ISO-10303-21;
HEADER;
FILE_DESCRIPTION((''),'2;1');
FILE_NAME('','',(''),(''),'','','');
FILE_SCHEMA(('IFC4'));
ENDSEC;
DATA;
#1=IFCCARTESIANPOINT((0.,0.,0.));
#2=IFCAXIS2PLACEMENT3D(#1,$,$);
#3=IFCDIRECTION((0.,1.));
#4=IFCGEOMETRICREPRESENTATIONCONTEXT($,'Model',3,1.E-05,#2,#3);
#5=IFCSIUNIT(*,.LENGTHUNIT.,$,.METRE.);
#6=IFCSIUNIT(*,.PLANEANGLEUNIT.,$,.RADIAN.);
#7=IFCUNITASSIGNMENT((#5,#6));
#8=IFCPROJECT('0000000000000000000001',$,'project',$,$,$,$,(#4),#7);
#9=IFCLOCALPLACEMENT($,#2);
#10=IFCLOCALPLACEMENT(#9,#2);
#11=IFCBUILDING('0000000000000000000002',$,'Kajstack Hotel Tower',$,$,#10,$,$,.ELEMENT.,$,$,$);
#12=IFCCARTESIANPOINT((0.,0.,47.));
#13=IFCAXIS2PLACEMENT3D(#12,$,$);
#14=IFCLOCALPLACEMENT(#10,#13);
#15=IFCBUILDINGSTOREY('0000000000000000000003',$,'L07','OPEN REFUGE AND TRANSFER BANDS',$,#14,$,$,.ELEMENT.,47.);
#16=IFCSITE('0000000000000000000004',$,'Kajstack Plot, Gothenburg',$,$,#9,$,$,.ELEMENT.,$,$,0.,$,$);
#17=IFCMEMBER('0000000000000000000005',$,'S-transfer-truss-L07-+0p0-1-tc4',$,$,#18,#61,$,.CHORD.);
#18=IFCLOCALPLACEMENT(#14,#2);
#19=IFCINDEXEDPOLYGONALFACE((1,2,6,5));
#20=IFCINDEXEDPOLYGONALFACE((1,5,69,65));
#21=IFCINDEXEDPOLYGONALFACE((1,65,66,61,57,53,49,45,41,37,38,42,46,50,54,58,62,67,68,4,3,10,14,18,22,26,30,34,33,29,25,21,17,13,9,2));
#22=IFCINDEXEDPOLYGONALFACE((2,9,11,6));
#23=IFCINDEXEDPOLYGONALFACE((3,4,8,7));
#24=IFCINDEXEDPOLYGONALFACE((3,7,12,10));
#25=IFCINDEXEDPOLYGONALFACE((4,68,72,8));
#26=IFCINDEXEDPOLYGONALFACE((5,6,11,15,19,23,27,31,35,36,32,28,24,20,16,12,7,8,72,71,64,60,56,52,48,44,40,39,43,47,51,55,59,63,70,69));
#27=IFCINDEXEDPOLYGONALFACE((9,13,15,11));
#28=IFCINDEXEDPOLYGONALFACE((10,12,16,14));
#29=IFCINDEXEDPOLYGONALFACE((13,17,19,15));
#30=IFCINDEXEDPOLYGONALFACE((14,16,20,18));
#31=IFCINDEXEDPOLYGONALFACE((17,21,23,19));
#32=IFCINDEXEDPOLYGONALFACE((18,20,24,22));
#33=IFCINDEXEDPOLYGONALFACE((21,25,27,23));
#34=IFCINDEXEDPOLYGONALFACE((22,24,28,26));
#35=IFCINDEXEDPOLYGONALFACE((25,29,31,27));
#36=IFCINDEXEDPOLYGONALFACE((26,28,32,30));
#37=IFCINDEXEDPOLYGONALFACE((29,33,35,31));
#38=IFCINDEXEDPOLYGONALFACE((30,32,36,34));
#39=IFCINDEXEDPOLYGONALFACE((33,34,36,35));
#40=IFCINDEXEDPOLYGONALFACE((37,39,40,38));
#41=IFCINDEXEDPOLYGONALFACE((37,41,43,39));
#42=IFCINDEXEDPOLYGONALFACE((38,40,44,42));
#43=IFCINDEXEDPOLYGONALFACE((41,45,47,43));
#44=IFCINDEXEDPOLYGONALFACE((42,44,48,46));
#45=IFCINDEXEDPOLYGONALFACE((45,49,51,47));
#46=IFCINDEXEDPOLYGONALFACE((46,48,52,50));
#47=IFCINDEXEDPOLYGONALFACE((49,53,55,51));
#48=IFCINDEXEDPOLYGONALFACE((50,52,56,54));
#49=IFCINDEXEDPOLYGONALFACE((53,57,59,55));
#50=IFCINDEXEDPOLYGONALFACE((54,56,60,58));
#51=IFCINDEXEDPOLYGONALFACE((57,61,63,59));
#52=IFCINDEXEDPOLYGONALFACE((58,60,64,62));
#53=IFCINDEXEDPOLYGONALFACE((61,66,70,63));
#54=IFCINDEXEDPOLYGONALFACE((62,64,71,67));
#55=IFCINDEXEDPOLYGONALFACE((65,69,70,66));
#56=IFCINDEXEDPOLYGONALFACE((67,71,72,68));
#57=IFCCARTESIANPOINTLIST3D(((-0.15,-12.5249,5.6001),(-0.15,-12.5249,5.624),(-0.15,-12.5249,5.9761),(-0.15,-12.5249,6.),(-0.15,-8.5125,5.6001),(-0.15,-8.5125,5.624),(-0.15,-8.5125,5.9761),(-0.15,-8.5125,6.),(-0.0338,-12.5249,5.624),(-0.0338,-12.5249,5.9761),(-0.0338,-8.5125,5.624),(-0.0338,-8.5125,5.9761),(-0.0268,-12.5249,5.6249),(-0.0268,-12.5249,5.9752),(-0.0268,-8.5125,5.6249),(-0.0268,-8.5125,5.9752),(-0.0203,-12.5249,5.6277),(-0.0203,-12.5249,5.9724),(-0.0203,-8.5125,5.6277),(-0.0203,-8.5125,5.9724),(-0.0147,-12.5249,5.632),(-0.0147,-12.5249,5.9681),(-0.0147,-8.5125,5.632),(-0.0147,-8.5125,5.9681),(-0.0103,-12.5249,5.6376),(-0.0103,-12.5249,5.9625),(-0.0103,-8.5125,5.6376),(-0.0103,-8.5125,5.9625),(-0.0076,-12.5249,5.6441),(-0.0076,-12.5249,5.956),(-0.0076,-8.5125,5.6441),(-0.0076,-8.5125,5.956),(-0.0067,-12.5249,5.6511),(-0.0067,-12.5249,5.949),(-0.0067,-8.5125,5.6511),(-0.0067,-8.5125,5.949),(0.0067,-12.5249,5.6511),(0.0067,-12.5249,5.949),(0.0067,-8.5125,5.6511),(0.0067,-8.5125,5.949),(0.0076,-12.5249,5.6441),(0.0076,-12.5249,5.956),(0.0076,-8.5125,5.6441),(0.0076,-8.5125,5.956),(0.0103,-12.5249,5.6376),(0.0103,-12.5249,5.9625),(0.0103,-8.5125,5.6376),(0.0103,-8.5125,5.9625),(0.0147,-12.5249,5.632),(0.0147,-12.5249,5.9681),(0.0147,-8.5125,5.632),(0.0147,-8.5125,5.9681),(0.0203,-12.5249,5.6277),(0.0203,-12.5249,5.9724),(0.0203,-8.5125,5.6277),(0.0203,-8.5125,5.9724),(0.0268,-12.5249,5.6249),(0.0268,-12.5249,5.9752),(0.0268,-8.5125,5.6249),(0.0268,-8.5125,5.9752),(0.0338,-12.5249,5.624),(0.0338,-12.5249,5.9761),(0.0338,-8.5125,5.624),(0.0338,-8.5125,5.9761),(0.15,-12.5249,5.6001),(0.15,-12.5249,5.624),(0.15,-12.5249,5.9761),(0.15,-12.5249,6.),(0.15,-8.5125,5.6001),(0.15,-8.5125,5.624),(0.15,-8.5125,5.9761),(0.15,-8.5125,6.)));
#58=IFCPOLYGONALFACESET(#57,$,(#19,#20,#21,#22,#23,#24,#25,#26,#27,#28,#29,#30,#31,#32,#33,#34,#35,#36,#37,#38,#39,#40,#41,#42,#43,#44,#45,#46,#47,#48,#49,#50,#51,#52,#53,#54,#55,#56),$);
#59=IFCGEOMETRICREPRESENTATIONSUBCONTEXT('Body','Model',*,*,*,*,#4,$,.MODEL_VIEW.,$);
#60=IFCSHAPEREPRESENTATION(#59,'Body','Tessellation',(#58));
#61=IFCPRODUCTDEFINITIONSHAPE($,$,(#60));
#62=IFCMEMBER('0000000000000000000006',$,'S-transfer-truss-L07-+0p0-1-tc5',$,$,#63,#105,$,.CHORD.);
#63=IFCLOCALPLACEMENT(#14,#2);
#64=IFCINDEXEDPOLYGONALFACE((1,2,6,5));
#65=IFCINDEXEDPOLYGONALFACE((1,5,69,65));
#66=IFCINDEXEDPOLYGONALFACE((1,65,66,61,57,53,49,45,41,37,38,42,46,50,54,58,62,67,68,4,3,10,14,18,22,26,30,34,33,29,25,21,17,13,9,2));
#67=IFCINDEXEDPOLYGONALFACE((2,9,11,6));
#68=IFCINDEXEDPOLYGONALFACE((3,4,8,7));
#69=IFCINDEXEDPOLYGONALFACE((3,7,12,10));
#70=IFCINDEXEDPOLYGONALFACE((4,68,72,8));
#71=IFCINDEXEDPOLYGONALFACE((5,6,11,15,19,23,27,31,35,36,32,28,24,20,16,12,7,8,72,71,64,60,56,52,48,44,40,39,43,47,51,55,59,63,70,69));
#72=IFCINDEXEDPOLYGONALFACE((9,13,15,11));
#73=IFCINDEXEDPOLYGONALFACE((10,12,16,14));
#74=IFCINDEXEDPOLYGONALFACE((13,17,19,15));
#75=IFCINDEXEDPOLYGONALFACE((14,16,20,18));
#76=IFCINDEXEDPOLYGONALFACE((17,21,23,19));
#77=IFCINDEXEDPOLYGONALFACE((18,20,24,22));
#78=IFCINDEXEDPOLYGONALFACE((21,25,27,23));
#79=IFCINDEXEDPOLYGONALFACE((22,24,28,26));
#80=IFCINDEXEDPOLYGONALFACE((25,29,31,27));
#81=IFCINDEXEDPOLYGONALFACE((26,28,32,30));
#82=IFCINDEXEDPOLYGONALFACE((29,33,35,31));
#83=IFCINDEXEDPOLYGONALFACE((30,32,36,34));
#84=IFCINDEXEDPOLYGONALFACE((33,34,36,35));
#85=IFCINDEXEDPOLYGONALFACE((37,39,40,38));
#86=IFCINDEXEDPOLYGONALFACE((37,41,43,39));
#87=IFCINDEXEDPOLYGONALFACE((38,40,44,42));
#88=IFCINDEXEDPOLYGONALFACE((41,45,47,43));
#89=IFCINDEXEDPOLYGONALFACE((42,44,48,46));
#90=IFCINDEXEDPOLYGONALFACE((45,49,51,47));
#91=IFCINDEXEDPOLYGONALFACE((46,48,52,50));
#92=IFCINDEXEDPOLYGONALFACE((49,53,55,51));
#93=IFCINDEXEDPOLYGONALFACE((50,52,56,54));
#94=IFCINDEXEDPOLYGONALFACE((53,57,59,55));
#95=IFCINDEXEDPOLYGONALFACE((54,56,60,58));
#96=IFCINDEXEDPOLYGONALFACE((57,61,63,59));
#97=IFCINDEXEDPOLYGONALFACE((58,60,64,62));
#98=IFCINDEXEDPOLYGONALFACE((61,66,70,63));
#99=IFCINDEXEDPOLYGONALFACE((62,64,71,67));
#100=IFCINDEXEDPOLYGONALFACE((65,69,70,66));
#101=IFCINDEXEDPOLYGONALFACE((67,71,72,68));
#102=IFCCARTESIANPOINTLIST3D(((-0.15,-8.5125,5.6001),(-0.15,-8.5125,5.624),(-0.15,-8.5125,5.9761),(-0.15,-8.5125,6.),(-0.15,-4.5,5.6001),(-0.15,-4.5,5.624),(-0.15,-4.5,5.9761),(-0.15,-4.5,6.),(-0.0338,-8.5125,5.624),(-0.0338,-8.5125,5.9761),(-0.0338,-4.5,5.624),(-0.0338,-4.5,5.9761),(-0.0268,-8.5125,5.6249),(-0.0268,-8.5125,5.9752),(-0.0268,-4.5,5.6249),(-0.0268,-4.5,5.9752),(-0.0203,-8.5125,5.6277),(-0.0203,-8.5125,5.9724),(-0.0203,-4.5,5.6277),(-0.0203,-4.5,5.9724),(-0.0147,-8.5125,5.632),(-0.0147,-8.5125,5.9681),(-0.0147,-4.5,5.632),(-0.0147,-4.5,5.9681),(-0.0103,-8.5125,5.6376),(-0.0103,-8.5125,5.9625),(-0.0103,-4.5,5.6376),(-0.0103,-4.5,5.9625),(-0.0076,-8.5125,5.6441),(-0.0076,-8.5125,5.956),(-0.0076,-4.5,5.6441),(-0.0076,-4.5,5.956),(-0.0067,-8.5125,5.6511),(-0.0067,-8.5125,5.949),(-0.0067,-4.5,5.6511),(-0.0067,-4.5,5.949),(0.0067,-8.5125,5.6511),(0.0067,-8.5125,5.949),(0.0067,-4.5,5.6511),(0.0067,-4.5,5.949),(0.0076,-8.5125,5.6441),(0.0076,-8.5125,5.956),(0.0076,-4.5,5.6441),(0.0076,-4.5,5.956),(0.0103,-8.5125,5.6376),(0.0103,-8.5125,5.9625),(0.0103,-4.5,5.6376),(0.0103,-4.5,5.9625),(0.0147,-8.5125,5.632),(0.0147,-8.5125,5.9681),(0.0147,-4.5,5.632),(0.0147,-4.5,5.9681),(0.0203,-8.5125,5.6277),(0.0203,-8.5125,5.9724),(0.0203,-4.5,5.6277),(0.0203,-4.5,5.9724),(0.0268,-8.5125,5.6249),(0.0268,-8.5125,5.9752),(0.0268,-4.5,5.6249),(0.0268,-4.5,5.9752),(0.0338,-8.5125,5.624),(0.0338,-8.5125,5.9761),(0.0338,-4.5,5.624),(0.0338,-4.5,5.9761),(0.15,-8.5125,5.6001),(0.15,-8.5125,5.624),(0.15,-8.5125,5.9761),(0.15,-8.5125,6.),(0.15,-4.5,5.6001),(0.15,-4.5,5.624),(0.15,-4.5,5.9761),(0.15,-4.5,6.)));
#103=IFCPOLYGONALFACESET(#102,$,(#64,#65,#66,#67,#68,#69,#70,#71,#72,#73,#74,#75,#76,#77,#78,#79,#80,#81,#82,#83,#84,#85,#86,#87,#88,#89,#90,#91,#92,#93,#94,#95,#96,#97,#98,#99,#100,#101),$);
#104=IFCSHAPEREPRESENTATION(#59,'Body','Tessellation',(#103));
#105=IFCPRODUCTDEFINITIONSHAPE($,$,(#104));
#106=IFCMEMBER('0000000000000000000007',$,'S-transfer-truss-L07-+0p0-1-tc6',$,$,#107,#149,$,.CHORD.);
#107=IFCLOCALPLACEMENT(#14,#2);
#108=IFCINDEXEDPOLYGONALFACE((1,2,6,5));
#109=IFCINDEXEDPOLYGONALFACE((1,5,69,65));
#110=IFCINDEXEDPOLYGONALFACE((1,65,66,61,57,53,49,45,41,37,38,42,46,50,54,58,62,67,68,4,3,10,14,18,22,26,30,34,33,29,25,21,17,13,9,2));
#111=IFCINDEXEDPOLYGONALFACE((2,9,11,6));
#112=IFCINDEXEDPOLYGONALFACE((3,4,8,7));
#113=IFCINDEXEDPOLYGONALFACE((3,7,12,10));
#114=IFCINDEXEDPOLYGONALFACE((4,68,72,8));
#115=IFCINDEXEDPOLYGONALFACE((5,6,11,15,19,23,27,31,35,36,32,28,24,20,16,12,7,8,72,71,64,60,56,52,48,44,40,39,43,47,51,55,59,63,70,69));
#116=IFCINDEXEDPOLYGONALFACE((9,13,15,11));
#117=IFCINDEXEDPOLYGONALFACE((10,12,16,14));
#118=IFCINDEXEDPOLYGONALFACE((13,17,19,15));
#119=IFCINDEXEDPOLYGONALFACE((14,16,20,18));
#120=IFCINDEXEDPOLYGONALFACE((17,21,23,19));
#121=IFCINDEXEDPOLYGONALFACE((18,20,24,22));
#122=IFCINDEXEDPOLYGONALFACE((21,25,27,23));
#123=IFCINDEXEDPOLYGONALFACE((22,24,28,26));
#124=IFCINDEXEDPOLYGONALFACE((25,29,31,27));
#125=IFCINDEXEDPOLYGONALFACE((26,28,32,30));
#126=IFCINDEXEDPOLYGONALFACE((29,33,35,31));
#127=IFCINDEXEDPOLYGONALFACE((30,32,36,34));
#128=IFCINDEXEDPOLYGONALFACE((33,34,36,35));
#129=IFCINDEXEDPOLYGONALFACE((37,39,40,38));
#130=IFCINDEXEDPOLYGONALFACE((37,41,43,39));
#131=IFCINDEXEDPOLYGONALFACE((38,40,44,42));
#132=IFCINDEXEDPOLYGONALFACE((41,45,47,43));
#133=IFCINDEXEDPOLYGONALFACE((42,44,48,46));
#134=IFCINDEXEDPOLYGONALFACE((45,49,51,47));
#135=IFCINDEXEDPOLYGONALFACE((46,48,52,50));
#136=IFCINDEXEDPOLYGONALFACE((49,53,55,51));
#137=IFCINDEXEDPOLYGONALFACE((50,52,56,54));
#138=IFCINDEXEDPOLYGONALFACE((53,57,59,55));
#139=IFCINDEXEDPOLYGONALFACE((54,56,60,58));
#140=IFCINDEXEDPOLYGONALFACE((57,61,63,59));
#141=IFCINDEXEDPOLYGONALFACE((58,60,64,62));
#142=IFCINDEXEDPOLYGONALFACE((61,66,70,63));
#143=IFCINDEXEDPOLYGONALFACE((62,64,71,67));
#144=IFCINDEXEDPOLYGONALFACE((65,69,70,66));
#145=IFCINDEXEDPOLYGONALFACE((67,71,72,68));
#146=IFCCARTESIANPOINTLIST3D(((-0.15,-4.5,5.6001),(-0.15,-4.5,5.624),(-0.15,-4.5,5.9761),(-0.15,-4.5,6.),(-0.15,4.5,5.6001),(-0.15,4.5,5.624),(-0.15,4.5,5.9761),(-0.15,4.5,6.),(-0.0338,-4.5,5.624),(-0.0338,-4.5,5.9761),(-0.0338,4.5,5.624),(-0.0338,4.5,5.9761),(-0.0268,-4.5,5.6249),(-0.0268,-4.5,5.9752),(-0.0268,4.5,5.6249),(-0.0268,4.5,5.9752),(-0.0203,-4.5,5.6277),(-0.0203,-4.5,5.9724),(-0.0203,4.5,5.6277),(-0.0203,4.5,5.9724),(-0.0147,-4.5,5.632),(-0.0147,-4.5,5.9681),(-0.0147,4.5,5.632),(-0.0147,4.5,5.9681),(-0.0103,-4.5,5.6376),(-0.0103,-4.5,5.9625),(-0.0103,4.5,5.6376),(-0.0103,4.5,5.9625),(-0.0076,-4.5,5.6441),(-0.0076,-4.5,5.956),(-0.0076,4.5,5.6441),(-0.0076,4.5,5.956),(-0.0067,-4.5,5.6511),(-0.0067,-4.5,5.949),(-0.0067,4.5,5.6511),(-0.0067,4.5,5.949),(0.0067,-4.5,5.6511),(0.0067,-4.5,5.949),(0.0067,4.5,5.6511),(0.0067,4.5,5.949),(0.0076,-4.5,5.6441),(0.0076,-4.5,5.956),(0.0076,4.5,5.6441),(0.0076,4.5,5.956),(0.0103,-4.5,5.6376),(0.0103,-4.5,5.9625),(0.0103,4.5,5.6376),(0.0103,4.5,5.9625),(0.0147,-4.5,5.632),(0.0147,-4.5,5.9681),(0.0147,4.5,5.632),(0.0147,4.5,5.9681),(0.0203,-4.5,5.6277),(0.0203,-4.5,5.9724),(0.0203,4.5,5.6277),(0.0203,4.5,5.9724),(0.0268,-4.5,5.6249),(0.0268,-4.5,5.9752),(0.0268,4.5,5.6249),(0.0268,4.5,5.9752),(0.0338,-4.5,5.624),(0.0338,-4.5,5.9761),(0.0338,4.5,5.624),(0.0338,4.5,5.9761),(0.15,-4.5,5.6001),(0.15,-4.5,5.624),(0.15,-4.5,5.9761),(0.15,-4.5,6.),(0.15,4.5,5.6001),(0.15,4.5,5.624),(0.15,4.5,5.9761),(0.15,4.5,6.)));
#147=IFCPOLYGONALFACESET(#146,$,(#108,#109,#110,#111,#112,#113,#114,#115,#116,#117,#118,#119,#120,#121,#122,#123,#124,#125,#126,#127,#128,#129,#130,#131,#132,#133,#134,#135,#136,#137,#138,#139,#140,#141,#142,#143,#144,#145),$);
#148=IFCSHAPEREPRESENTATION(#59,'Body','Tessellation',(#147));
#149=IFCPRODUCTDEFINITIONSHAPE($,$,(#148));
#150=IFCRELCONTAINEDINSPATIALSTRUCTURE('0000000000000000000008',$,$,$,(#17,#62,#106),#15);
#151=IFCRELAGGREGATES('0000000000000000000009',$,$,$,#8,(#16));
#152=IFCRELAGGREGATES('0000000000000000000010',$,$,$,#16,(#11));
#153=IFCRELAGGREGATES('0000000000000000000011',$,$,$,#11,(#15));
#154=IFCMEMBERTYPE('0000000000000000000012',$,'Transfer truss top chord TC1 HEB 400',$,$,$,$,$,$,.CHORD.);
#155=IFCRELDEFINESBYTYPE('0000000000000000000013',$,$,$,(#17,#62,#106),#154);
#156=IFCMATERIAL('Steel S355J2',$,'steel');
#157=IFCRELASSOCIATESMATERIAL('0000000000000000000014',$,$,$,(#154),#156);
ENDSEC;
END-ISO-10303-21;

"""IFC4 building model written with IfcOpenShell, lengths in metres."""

from ifc_helpers import new_model, si_unit, direction, frame, origin, origin_2d, place, context, subcontext, project, spatial, i_section, extrude, material, material_profile, profile_set, type_object, element, save


model = new_model("IFC4")

# Units and contexts
model_context = context("Model", 3, precision=1e-05, world=origin(), true_north=direction((0.0, 1.0)))
body_context = subcontext(model_context, "Body", "Model", "MODEL_VIEW")
ifc_project = project(units=[si_unit("LENGTHUNIT", "METRE"), si_unit("PLANEANGLEUNIT", "RADIAN")], contexts=[model_context])

# Site, building, storey
site_placement = place(None, origin())
site = spatial("IfcSite", under=ifc_project, at=site_placement, Name="Kajstack Plot, Gothenburg", CompositionType="ELEMENT", RefElevation=0.0)
building_placement = place(site_placement, origin())
building = spatial("IfcBuilding", under=site, at=building_placement, Name="Kajstack Hotel Tower", CompositionType="ELEMENT")
storey_placement = place(building_placement, frame((0.0, 0.0, 47.0)))
storey = spatial("IfcBuildingStorey", under=building, at=storey_placement, Name="L07", Description="OPEN REFUGE AND TRANSFER BANDS", CompositionType="ELEMENT", Elevation=47.0)

# Members
ifc_material_1 = material(Name="Steel S355J2", Category="steel")
ifc_material_profile_1 = material_profile(ifc_material_1, i_section(OverallWidth=0.3, OverallDepth=0.3999, WebThickness=0.0134, FlangeThickness=0.0239, FilletRadius=0.0271, at=origin_2d()), Name="HEB 400")
ifc_profile_set_1 = profile_set([ifc_material_profile_1], Name="Steel S355J2")
member_type_1 = type_object("IfcMemberType", Name="Transfer truss top chord TC1 HEB 400", PredefinedType="CHORD", material=ifc_profile_set_1)
for number, where, z_axis, x_axis, name in (
    (1, (0.0, -12.5249, 5.8), (0.0, 1.0, 0.0), (-1.0, 0.0, 0.0), "S-transfer-truss-L07-+0p0-1-tc4"),
    (2, (0.0, -8.5125, 5.8), (0.0, 1.0, 0.0), (-1.0, 0.0, 0.0), "S-transfer-truss-L07-+0p0-1-tc5"),
):
    element("IfcMember", number, at=place(storey_placement, frame(where, z_axis=z_axis, x_axis=x_axis)), inside=storey, type_object=member_type_1, Name=name, PredefinedType="CHORD", context=body_context, shape_type="SweptSolid", body=[
        extrude(i_section(OverallWidth=0.3, OverallDepth=0.3999, WebThickness=0.0134, FlangeThickness=0.0239, FilletRadius=0.0271, at=origin_2d()), origin(), (0.0, 0.0, 1.0), 4.0125),
    ])
member_1_placement = place(storey_placement, frame((0.0, -4.5, 5.8), z_axis=(0.0, 1.0, 0.0), x_axis=(-1.0, 0.0, 0.0)))
element("IfcMember", 3, at=member_1_placement, inside=storey, type_object=member_type_1, Name="S-transfer-truss-L07-+0p0-1-tc6", PredefinedType="CHORD", context=body_context, shape_type="SweptSolid", body=[
    extrude(i_section(OverallWidth=0.3, OverallDepth=0.3999, WebThickness=0.0134, FlangeThickness=0.0239, FilletRadius=0.0271, at=origin_2d()), origin(), (0.0, 0.0, 1.0), 9.0),
])

save(model, "model.ifc")
